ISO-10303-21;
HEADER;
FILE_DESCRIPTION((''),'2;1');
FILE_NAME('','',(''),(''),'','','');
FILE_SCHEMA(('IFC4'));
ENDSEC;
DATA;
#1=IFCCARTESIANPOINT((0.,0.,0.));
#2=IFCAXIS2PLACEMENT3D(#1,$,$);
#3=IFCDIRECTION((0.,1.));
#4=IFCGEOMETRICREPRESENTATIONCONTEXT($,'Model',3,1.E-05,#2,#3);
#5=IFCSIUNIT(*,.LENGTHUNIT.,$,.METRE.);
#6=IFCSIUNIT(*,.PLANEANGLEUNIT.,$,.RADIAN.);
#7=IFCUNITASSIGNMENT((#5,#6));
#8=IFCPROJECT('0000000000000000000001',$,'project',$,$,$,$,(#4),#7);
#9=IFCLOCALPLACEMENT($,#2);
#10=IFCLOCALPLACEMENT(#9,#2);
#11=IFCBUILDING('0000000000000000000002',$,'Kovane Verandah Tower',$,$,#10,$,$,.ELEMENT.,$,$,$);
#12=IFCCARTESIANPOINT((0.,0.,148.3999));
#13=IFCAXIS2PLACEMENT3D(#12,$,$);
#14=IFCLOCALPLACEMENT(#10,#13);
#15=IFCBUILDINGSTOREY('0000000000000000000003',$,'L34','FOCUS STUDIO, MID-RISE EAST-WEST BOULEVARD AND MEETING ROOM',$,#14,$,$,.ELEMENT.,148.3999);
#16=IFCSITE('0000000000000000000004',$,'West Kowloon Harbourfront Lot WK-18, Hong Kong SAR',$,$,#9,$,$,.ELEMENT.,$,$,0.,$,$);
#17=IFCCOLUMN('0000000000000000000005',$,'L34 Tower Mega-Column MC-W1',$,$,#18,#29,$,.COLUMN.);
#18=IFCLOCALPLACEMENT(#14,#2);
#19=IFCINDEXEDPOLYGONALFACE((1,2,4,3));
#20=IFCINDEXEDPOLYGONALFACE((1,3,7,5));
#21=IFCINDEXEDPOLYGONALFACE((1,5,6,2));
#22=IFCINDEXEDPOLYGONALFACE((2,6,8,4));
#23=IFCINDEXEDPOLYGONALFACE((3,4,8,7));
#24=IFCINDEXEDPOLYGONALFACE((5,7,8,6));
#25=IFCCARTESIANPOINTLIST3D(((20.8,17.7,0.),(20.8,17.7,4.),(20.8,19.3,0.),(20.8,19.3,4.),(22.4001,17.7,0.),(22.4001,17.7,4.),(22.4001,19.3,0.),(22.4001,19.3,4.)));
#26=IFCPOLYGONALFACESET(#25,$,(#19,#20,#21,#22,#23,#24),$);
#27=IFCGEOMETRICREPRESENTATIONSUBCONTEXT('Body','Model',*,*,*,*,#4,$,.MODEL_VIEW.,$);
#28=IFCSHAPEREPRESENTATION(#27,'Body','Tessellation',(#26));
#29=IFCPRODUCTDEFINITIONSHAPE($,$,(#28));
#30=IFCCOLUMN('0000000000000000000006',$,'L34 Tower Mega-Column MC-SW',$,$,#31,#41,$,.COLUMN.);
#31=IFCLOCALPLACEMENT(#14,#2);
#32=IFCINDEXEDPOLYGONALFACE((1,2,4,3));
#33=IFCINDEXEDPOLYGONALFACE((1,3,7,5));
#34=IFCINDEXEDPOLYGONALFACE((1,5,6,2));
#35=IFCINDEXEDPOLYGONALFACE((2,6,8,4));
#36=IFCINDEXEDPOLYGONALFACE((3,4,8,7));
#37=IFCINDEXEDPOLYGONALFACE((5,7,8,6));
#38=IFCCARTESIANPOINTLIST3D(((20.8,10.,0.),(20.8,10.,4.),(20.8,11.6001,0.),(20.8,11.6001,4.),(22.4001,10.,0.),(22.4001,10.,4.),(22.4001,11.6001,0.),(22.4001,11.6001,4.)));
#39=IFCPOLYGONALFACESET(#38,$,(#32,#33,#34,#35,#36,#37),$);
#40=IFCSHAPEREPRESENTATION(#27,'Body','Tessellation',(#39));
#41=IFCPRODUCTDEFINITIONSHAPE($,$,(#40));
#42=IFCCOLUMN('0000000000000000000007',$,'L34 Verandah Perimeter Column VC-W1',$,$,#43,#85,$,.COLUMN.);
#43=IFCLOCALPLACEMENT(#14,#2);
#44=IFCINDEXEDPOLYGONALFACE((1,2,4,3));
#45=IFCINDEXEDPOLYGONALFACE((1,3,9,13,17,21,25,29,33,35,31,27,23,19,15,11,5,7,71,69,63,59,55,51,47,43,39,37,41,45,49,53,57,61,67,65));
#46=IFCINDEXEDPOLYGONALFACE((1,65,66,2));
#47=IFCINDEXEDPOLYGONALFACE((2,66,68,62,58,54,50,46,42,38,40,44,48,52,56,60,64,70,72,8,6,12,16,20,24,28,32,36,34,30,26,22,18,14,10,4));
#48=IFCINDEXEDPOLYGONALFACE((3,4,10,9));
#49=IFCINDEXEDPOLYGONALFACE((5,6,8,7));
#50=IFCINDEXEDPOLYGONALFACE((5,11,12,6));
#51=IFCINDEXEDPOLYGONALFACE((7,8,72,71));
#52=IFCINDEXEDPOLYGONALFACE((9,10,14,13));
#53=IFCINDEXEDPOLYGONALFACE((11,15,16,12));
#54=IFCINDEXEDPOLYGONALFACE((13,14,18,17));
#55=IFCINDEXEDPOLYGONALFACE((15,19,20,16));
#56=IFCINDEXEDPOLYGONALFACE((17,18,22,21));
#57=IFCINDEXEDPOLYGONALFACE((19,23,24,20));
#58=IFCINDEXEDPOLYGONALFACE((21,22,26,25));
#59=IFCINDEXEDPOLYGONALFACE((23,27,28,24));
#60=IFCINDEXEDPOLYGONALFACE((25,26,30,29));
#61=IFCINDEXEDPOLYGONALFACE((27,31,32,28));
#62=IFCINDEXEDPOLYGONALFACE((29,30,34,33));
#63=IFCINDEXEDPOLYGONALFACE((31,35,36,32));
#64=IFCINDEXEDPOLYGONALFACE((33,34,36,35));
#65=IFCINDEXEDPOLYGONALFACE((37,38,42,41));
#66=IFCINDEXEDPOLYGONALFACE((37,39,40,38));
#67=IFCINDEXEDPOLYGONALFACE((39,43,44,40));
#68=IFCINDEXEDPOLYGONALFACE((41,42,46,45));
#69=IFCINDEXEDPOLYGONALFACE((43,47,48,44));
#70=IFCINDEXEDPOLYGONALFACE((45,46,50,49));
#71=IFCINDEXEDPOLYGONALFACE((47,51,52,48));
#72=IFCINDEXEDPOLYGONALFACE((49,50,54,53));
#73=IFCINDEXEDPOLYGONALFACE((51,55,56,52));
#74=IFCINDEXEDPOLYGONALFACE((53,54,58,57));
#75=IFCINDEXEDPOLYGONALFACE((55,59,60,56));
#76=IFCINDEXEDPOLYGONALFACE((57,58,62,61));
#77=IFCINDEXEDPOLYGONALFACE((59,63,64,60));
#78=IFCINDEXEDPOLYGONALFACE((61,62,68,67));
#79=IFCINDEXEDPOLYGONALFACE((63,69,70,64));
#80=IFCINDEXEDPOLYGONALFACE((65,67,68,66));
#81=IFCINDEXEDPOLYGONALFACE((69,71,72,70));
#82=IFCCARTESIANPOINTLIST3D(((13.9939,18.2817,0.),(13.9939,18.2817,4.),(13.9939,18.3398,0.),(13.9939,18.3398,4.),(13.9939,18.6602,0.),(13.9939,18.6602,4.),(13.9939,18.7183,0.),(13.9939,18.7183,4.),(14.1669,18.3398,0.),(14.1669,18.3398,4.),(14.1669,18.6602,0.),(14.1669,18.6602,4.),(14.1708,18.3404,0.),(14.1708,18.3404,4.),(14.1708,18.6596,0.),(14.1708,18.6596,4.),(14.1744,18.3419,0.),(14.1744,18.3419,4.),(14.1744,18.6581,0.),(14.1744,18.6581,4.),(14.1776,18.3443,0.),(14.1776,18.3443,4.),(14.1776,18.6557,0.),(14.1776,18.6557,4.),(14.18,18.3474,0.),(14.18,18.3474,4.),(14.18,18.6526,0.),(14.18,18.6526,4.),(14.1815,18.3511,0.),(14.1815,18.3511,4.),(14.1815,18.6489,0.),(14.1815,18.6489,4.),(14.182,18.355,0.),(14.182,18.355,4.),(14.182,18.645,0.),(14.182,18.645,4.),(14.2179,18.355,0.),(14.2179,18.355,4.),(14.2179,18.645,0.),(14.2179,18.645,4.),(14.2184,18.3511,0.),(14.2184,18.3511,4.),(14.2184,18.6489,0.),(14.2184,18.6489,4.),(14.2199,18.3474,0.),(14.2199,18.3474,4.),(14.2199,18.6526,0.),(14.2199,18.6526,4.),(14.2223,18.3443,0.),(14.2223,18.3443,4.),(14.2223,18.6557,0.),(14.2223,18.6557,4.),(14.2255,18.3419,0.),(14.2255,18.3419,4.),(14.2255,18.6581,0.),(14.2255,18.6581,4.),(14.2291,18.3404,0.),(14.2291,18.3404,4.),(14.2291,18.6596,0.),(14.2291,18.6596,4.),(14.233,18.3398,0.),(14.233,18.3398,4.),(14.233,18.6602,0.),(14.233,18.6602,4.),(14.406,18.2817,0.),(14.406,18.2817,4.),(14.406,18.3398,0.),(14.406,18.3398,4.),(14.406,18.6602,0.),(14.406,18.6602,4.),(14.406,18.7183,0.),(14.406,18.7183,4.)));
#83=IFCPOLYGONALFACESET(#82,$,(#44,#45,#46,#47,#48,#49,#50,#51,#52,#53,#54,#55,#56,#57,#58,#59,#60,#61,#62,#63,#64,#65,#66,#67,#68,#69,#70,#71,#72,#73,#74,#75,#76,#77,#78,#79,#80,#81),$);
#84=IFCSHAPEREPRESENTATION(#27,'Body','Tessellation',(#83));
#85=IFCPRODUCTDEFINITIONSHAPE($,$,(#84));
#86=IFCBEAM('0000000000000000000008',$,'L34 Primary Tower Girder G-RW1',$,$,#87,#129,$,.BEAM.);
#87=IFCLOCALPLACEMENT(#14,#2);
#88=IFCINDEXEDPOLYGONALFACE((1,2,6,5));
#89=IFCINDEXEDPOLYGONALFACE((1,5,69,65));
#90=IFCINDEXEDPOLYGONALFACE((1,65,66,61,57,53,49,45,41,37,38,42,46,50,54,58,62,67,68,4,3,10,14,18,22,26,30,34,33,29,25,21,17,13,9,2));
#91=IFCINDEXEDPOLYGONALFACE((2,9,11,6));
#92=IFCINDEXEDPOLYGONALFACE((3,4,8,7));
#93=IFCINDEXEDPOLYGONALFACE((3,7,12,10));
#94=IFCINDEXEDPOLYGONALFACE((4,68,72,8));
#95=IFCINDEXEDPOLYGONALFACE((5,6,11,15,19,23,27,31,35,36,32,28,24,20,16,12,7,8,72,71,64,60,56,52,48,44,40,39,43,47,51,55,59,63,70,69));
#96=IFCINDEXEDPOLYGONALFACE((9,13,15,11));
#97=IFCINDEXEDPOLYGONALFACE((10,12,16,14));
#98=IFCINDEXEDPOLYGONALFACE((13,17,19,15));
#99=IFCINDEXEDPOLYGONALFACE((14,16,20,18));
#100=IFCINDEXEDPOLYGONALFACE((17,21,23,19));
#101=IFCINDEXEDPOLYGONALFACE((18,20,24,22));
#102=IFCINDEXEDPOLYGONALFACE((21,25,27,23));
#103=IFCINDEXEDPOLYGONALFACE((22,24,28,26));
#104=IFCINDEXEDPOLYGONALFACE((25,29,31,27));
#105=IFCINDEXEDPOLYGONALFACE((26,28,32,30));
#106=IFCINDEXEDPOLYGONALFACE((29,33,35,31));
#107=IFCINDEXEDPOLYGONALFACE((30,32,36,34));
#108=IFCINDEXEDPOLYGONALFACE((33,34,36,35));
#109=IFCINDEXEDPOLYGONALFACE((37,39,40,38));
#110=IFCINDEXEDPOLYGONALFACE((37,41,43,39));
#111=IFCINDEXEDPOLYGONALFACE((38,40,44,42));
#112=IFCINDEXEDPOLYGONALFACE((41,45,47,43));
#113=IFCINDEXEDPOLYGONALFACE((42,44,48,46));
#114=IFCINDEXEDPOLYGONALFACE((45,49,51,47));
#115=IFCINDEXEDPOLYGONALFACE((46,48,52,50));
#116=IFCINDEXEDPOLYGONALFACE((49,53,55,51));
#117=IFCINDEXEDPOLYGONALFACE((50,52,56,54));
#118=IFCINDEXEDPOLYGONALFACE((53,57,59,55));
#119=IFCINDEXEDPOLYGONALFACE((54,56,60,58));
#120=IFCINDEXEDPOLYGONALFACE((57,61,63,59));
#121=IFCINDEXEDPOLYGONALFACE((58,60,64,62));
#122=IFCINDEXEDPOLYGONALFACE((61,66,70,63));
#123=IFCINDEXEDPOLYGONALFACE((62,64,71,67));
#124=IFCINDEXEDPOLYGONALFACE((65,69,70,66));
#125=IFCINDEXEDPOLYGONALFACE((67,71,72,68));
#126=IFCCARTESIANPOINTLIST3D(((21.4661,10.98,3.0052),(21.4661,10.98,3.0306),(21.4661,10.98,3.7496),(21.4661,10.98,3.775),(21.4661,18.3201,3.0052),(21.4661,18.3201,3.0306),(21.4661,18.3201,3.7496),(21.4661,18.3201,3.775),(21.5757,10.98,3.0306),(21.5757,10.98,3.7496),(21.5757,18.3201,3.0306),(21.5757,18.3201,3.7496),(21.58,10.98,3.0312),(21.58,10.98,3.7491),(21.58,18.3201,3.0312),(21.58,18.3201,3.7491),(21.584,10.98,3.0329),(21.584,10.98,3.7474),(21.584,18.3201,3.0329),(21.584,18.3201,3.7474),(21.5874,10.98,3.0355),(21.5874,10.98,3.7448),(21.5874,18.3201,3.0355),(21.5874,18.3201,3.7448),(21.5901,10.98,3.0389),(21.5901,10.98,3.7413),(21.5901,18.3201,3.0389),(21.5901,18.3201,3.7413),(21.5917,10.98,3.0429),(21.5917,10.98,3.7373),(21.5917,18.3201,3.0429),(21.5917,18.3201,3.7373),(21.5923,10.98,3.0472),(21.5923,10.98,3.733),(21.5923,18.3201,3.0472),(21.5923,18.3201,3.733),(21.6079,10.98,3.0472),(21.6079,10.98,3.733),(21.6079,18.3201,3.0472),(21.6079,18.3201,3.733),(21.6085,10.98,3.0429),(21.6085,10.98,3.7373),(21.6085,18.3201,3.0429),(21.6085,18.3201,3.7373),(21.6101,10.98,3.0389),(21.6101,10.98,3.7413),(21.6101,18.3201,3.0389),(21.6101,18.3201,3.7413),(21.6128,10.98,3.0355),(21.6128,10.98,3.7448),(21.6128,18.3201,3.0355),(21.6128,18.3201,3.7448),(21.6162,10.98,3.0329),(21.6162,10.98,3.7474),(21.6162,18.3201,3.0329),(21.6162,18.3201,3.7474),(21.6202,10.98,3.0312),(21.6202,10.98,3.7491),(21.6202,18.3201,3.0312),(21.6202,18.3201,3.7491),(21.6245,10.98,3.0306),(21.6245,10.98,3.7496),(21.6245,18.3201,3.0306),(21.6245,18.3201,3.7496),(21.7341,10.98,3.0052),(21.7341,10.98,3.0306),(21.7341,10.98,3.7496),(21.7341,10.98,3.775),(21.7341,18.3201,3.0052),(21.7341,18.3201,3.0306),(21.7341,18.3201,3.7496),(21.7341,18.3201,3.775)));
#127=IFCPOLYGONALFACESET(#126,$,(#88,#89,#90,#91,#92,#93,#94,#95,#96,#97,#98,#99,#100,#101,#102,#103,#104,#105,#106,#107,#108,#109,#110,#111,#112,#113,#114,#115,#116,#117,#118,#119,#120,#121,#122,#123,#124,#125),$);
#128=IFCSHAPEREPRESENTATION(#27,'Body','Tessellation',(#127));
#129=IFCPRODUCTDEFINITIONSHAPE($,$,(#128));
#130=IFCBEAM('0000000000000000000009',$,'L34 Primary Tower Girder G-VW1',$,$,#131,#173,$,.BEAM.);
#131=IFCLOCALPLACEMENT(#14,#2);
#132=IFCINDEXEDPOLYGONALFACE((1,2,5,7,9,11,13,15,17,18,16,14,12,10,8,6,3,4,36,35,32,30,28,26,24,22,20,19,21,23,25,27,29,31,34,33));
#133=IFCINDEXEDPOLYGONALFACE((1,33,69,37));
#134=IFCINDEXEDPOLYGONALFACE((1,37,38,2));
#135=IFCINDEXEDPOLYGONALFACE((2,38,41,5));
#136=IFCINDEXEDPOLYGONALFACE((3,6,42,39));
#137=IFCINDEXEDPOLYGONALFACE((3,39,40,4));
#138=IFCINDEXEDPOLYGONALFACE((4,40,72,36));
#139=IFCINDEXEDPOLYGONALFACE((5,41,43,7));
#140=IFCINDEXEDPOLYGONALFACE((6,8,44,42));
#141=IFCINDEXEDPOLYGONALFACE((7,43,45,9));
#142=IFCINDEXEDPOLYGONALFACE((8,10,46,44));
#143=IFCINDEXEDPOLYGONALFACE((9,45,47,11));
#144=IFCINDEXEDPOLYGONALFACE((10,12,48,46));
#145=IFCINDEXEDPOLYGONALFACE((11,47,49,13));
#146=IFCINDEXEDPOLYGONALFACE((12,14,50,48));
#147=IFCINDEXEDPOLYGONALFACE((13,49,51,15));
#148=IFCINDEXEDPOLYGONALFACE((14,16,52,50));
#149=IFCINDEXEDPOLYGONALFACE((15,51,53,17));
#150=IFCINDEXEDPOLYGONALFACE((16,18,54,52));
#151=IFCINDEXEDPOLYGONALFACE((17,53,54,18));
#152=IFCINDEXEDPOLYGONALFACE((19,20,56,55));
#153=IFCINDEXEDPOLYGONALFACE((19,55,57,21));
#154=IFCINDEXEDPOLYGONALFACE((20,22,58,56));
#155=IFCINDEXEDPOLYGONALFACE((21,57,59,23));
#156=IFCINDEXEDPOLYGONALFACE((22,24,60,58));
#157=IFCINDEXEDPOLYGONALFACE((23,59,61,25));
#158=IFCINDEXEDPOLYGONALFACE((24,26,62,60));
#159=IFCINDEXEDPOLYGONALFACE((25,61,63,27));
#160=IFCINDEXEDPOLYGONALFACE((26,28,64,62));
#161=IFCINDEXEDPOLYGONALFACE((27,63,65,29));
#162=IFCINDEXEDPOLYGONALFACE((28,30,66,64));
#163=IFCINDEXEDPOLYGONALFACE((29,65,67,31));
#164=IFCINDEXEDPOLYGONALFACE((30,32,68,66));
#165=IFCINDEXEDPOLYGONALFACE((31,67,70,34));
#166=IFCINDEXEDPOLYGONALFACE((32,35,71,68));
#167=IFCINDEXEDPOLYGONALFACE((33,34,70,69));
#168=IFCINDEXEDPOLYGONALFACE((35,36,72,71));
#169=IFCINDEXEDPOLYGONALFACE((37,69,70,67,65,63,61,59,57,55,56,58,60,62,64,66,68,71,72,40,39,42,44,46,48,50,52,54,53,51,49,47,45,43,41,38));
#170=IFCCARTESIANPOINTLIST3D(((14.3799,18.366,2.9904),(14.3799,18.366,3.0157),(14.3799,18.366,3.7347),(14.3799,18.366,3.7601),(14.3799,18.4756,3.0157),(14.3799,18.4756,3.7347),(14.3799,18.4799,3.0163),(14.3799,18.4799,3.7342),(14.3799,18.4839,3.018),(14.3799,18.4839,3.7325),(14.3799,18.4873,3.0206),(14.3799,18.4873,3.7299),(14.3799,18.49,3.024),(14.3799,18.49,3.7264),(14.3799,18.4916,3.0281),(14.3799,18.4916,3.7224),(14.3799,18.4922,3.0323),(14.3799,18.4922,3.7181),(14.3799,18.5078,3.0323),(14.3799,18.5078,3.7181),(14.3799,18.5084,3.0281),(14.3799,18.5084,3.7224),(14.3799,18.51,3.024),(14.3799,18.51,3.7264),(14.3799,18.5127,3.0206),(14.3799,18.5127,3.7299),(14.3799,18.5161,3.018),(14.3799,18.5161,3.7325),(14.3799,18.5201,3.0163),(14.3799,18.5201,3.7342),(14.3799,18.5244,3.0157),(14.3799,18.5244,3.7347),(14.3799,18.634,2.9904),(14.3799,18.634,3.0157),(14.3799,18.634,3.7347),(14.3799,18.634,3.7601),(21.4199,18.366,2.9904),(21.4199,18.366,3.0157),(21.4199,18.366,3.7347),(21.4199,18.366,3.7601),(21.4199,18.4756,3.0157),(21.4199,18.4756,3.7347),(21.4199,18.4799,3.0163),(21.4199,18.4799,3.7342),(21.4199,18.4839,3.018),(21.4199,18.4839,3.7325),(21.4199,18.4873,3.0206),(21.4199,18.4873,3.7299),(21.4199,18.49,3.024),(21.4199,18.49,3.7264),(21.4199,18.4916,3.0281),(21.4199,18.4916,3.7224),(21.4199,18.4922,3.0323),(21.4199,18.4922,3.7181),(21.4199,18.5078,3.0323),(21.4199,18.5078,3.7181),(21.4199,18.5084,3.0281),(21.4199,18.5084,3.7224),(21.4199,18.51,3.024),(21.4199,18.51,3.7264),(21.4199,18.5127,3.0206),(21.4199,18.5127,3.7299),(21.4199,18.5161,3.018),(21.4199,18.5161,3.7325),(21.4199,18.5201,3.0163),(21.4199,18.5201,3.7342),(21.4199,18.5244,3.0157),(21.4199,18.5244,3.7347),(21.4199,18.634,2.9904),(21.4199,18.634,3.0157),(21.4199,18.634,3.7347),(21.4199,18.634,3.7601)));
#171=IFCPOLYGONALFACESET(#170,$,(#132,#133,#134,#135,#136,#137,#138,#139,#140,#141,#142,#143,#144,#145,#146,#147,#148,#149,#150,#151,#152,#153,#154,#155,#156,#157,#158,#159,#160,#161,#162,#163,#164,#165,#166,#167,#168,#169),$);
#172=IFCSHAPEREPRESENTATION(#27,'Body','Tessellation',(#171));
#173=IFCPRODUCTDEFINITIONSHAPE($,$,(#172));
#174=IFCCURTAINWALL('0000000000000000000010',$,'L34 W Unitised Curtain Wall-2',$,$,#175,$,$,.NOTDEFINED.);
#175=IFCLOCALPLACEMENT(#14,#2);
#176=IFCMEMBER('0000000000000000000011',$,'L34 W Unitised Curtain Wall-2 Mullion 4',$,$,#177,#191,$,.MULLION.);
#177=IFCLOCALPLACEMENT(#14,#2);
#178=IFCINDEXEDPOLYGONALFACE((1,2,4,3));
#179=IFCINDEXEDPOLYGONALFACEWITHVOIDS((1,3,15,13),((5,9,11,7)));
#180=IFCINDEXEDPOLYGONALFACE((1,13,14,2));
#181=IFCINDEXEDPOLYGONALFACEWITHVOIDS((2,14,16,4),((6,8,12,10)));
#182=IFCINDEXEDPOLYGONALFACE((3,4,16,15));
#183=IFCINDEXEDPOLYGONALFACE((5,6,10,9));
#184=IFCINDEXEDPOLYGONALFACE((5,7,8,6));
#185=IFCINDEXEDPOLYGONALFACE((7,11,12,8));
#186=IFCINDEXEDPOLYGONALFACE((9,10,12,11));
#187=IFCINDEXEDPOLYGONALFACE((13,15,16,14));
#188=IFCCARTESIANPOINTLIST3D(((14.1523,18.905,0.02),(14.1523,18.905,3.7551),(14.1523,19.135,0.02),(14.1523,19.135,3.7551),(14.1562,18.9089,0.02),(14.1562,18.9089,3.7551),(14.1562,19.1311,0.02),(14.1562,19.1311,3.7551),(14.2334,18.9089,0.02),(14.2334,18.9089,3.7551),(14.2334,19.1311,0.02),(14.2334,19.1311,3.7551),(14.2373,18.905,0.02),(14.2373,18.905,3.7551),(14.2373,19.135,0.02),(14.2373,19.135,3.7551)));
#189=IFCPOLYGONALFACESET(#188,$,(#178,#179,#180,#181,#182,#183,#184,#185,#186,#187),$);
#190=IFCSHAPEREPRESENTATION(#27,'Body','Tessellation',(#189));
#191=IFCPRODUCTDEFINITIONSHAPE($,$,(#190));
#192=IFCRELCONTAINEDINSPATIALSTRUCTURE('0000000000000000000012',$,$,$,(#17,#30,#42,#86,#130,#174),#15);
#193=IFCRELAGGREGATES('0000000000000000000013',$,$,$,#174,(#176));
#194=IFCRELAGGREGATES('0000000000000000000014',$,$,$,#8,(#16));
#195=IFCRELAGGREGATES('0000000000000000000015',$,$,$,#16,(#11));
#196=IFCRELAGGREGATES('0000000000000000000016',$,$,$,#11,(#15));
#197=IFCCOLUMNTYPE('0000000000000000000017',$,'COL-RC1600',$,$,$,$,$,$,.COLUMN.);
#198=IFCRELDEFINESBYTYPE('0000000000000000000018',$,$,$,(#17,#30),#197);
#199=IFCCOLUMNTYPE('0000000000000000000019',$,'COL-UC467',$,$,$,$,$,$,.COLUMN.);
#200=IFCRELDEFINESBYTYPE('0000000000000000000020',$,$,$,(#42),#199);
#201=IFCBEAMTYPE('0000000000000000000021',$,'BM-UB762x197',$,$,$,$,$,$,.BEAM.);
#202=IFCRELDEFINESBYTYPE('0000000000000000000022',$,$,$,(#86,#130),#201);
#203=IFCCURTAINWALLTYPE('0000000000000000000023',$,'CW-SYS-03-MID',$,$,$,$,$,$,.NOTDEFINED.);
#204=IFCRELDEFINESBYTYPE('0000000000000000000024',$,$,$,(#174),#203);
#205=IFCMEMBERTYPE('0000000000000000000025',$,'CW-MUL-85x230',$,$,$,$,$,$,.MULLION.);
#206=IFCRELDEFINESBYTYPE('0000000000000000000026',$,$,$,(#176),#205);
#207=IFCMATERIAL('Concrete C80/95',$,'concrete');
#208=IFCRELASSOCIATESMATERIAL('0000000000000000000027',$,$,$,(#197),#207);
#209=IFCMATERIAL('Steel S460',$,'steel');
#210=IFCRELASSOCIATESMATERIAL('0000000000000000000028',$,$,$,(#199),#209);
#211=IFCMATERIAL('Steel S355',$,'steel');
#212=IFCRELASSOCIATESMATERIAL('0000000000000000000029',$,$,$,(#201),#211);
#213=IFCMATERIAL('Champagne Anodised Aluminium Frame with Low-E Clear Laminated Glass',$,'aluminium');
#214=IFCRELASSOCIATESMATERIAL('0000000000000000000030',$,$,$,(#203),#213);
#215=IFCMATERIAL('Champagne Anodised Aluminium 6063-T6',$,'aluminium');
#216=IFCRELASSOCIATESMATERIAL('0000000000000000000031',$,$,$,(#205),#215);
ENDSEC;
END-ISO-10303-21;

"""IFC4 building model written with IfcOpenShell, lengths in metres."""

from ifc_helpers import new_model, si_unit, direction, frame, origin, origin_2d, place, context, subcontext, project, spatial, rectangle, hollow_rectangle, i_section, extrude, material, material_profile, profile_set, type_object, element, aggregate, save


model = new_model("IFC4")

# Units and contexts
model_context = context("Model", 3, precision=1e-05, world=origin(), true_north=direction((0.0, 1.0)))
body_context = subcontext(model_context, "Body", "Model", "MODEL_VIEW")
ifc_project = project(units=[si_unit("LENGTHUNIT", "METRE"), si_unit("PLANEANGLEUNIT", "RADIAN")], contexts=[model_context])

# Site, building, storey
site_placement = place(None, origin())
site = spatial("IfcSite", under=ifc_project, at=site_placement, Name="West Kowloon Harbourfront Lot WK-18, Hong Kong SAR", CompositionType="ELEMENT", RefElevation=0.0)
building_placement = place(site_placement, origin())
building = spatial("IfcBuilding", under=site, at=building_placement, Name="Kovane Verandah Tower", CompositionType="ELEMENT")
storey_placement = place(building_placement, frame((0.0, 0.0, 148.3999)))
storey = spatial("IfcBuildingStorey", under=building, at=storey_placement, Name="L34", Description="FOCUS STUDIO, MID-RISE EAST-WEST BOULEVARD AND MEETING ROOM", CompositionType="ELEMENT", Elevation=148.3999)

# Columns
ifc_material_1 = material(Name="Concrete C80/95", Category="concrete")
ifc_material_profile_1 = material_profile(ifc_material_1, rectangle(XDim=1.6001, YDim=1.6001, at=origin_2d()), Name="RC1600x1600")
ifc_profile_set_1 = profile_set([ifc_material_profile_1], Name="Concrete C80/95")
column_type_1 = type_object("IfcColumnType", Name="COL-RC1600", PredefinedType="COLUMN", material=ifc_profile_set_1)
for number, where, z_axis, x_axis, name in (
    (1, (21.6001, 18.5, 0.0), (0.0, 0.0, 1.0), (1.0, 0.0, 0.0), "L34 Tower Mega-Column MC-W1"),
    (2, (21.6001, 10.8, 0.0), (0.0, 0.0, 1.0), (1.0, 0.0, 0.0), "L34 Tower Mega-Column MC-SW"),
):
    element("IfcColumn", number, at=place(storey_placement, frame(where, z_axis=z_axis, x_axis=x_axis)), inside=storey, type_object=column_type_1, Name=name, PredefinedType="COLUMN", context=body_context, shape_type="SweptSolid", body=[
        extrude(rectangle(XDim=1.6001, YDim=1.6001, at=origin_2d()), origin(), (0.0, 0.0, 1.0), 4.0),
    ])
ifc_material_2 = material(Name="Steel S460", Category="steel")
ifc_material_profile_2 = material_profile(ifc_material_2, i_section(OverallWidth=0.4121, OverallDepth=0.4365, WebThickness=0.0359, FlangeThickness=0.0581, FilletRadius=0.0151, at=origin_2d()), Name="UC356x406x467")
ifc_profile_set_2 = profile_set([ifc_material_profile_2], Name="Steel S460")
column_type_2 = type_object("IfcColumnType", Name="COL-UC467", PredefinedType="COLUMN", material=ifc_profile_set_2)
column_placement = place(storey_placement, frame((14.2, 18.5, 0.0), z_axis=(0.0, 0.0, 1.0), x_axis=(1.0, 0.0, 0.0)))
element("IfcColumn", 3, at=column_placement, inside=storey, type_object=column_type_2, Name="L34 Verandah Perimeter Column VC-W1", PredefinedType="COLUMN", context=body_context, shape_type="SweptSolid", body=[
    extrude(i_section(OverallWidth=0.4121, OverallDepth=0.4365, WebThickness=0.0359, FlangeThickness=0.0581, FilletRadius=0.0151, at=origin_2d()), origin(), (0.0, 0.0, 1.0), 4.0),
])

# Beams
ifc_material_3 = material(Name="Steel S355", Category="steel")
ifc_material_profile_3 = material_profile(ifc_material_3, i_section(OverallWidth=0.2681, OverallDepth=0.7698, WebThickness=0.0156, FlangeThickness=0.0254, FilletRadius=0.0166, at=origin_2d()), Name="UB762x267x197")
ifc_profile_set_3 = profile_set([ifc_material_profile_3], Name="Steel S355")
beam_type = type_object("IfcBeamType", Name="BM-UB762x197", PredefinedType="BEAM", material=ifc_profile_set_3)
beam_1_placement = place(storey_placement, frame((21.6001, 10.98, 3.3901), z_axis=(0.0, 1.0, 0.0), x_axis=(-1.0, 0.0, 0.0)))
element("IfcBeam", 4, at=beam_1_placement, inside=storey, type_object=beam_type, Name="L34 Primary Tower Girder G-RW1", PredefinedType="BEAM", context=body_context, shape_type="SweptSolid", body=[
    extrude(i_section(OverallWidth=0.2681, OverallDepth=0.7698, WebThickness=0.0156, FlangeThickness=0.0254, FilletRadius=0.0166, at=origin_2d()), origin(), (0.0, 0.0, 1.0), 7.3401),
])
beam_2_placement = place(storey_placement, frame((21.4199, 18.5, 3.3752), z_axis=(-1.0, 0.0, 0.0), x_axis=(0.0, -1.0, 0.0)))
element("IfcBeam", 5, at=beam_2_placement, inside=storey, type_object=beam_type, Name="L34 Primary Tower Girder G-VW1", PredefinedType="BEAM", context=body_context, shape_type="SweptSolid", body=[
    extrude(i_section(OverallWidth=0.2681, OverallDepth=0.7698, WebThickness=0.0156, FlangeThickness=0.0254, FilletRadius=0.0166, at=origin_2d()), origin(), (0.0, 0.0, 1.0), 7.04),
])

# Curtain wall, member
ifc_material_4 = material(Name="Champagne Anodised Aluminium Frame with Low-E Clear Laminated Glass", Category="aluminium")
curtain_wall_type = type_object("IfcCurtainWallType", Name="CW-SYS-03-MID", PredefinedType="NOTDEFINED", material=ifc_material_4)
curtain_wall_1_placement = place(storey_placement, origin())
curtain_wall_1 = element("IfcCurtainWall", 6, at=curtain_wall_1_placement, inside=storey, type_object=curtain_wall_type, Name="L34 W Unitised Curtain Wall-2", PredefinedType="NOTDEFINED")
ifc_material_5 = material(Name="Champagne Anodised Aluminium 6063-T6", Category="aluminium")
ifc_material_profile_4 = material_profile(ifc_material_5, hollow_rectangle(XDim=0.085, YDim=0.23, WallThickness=0.0039, at=origin_2d()), Name="AL85x230x4")
ifc_profile_set_4 = profile_set([ifc_material_profile_4], Name="Champagne Anodised Aluminium 6063-T6")
member_type_1 = type_object("IfcMemberType", Name="CW-MUL-85x230", PredefinedType="MULLION", material=ifc_profile_set_4)
member_1_placement = place(storey_placement, frame((14.1948, 19.02, 0.02), z_axis=(0.0, 0.0, 1.0), x_axis=(-1.0, 0.0, 0.0)))
member_1 = element("IfcMember", 7, at=member_1_placement, type_object=member_type_1, Name="L34 W Unitised Curtain Wall-2 Mullion 4", PredefinedType="MULLION", context=body_context, shape_type="SweptSolid", body=[
    extrude(hollow_rectangle(XDim=0.085, YDim=0.23, WallThickness=0.0039, at=origin_2d()), origin(), (0.0, 0.0, 1.0), 3.7351),
])
aggregate(curtain_wall_1, [member_1])

save(model, "model.ifc")
